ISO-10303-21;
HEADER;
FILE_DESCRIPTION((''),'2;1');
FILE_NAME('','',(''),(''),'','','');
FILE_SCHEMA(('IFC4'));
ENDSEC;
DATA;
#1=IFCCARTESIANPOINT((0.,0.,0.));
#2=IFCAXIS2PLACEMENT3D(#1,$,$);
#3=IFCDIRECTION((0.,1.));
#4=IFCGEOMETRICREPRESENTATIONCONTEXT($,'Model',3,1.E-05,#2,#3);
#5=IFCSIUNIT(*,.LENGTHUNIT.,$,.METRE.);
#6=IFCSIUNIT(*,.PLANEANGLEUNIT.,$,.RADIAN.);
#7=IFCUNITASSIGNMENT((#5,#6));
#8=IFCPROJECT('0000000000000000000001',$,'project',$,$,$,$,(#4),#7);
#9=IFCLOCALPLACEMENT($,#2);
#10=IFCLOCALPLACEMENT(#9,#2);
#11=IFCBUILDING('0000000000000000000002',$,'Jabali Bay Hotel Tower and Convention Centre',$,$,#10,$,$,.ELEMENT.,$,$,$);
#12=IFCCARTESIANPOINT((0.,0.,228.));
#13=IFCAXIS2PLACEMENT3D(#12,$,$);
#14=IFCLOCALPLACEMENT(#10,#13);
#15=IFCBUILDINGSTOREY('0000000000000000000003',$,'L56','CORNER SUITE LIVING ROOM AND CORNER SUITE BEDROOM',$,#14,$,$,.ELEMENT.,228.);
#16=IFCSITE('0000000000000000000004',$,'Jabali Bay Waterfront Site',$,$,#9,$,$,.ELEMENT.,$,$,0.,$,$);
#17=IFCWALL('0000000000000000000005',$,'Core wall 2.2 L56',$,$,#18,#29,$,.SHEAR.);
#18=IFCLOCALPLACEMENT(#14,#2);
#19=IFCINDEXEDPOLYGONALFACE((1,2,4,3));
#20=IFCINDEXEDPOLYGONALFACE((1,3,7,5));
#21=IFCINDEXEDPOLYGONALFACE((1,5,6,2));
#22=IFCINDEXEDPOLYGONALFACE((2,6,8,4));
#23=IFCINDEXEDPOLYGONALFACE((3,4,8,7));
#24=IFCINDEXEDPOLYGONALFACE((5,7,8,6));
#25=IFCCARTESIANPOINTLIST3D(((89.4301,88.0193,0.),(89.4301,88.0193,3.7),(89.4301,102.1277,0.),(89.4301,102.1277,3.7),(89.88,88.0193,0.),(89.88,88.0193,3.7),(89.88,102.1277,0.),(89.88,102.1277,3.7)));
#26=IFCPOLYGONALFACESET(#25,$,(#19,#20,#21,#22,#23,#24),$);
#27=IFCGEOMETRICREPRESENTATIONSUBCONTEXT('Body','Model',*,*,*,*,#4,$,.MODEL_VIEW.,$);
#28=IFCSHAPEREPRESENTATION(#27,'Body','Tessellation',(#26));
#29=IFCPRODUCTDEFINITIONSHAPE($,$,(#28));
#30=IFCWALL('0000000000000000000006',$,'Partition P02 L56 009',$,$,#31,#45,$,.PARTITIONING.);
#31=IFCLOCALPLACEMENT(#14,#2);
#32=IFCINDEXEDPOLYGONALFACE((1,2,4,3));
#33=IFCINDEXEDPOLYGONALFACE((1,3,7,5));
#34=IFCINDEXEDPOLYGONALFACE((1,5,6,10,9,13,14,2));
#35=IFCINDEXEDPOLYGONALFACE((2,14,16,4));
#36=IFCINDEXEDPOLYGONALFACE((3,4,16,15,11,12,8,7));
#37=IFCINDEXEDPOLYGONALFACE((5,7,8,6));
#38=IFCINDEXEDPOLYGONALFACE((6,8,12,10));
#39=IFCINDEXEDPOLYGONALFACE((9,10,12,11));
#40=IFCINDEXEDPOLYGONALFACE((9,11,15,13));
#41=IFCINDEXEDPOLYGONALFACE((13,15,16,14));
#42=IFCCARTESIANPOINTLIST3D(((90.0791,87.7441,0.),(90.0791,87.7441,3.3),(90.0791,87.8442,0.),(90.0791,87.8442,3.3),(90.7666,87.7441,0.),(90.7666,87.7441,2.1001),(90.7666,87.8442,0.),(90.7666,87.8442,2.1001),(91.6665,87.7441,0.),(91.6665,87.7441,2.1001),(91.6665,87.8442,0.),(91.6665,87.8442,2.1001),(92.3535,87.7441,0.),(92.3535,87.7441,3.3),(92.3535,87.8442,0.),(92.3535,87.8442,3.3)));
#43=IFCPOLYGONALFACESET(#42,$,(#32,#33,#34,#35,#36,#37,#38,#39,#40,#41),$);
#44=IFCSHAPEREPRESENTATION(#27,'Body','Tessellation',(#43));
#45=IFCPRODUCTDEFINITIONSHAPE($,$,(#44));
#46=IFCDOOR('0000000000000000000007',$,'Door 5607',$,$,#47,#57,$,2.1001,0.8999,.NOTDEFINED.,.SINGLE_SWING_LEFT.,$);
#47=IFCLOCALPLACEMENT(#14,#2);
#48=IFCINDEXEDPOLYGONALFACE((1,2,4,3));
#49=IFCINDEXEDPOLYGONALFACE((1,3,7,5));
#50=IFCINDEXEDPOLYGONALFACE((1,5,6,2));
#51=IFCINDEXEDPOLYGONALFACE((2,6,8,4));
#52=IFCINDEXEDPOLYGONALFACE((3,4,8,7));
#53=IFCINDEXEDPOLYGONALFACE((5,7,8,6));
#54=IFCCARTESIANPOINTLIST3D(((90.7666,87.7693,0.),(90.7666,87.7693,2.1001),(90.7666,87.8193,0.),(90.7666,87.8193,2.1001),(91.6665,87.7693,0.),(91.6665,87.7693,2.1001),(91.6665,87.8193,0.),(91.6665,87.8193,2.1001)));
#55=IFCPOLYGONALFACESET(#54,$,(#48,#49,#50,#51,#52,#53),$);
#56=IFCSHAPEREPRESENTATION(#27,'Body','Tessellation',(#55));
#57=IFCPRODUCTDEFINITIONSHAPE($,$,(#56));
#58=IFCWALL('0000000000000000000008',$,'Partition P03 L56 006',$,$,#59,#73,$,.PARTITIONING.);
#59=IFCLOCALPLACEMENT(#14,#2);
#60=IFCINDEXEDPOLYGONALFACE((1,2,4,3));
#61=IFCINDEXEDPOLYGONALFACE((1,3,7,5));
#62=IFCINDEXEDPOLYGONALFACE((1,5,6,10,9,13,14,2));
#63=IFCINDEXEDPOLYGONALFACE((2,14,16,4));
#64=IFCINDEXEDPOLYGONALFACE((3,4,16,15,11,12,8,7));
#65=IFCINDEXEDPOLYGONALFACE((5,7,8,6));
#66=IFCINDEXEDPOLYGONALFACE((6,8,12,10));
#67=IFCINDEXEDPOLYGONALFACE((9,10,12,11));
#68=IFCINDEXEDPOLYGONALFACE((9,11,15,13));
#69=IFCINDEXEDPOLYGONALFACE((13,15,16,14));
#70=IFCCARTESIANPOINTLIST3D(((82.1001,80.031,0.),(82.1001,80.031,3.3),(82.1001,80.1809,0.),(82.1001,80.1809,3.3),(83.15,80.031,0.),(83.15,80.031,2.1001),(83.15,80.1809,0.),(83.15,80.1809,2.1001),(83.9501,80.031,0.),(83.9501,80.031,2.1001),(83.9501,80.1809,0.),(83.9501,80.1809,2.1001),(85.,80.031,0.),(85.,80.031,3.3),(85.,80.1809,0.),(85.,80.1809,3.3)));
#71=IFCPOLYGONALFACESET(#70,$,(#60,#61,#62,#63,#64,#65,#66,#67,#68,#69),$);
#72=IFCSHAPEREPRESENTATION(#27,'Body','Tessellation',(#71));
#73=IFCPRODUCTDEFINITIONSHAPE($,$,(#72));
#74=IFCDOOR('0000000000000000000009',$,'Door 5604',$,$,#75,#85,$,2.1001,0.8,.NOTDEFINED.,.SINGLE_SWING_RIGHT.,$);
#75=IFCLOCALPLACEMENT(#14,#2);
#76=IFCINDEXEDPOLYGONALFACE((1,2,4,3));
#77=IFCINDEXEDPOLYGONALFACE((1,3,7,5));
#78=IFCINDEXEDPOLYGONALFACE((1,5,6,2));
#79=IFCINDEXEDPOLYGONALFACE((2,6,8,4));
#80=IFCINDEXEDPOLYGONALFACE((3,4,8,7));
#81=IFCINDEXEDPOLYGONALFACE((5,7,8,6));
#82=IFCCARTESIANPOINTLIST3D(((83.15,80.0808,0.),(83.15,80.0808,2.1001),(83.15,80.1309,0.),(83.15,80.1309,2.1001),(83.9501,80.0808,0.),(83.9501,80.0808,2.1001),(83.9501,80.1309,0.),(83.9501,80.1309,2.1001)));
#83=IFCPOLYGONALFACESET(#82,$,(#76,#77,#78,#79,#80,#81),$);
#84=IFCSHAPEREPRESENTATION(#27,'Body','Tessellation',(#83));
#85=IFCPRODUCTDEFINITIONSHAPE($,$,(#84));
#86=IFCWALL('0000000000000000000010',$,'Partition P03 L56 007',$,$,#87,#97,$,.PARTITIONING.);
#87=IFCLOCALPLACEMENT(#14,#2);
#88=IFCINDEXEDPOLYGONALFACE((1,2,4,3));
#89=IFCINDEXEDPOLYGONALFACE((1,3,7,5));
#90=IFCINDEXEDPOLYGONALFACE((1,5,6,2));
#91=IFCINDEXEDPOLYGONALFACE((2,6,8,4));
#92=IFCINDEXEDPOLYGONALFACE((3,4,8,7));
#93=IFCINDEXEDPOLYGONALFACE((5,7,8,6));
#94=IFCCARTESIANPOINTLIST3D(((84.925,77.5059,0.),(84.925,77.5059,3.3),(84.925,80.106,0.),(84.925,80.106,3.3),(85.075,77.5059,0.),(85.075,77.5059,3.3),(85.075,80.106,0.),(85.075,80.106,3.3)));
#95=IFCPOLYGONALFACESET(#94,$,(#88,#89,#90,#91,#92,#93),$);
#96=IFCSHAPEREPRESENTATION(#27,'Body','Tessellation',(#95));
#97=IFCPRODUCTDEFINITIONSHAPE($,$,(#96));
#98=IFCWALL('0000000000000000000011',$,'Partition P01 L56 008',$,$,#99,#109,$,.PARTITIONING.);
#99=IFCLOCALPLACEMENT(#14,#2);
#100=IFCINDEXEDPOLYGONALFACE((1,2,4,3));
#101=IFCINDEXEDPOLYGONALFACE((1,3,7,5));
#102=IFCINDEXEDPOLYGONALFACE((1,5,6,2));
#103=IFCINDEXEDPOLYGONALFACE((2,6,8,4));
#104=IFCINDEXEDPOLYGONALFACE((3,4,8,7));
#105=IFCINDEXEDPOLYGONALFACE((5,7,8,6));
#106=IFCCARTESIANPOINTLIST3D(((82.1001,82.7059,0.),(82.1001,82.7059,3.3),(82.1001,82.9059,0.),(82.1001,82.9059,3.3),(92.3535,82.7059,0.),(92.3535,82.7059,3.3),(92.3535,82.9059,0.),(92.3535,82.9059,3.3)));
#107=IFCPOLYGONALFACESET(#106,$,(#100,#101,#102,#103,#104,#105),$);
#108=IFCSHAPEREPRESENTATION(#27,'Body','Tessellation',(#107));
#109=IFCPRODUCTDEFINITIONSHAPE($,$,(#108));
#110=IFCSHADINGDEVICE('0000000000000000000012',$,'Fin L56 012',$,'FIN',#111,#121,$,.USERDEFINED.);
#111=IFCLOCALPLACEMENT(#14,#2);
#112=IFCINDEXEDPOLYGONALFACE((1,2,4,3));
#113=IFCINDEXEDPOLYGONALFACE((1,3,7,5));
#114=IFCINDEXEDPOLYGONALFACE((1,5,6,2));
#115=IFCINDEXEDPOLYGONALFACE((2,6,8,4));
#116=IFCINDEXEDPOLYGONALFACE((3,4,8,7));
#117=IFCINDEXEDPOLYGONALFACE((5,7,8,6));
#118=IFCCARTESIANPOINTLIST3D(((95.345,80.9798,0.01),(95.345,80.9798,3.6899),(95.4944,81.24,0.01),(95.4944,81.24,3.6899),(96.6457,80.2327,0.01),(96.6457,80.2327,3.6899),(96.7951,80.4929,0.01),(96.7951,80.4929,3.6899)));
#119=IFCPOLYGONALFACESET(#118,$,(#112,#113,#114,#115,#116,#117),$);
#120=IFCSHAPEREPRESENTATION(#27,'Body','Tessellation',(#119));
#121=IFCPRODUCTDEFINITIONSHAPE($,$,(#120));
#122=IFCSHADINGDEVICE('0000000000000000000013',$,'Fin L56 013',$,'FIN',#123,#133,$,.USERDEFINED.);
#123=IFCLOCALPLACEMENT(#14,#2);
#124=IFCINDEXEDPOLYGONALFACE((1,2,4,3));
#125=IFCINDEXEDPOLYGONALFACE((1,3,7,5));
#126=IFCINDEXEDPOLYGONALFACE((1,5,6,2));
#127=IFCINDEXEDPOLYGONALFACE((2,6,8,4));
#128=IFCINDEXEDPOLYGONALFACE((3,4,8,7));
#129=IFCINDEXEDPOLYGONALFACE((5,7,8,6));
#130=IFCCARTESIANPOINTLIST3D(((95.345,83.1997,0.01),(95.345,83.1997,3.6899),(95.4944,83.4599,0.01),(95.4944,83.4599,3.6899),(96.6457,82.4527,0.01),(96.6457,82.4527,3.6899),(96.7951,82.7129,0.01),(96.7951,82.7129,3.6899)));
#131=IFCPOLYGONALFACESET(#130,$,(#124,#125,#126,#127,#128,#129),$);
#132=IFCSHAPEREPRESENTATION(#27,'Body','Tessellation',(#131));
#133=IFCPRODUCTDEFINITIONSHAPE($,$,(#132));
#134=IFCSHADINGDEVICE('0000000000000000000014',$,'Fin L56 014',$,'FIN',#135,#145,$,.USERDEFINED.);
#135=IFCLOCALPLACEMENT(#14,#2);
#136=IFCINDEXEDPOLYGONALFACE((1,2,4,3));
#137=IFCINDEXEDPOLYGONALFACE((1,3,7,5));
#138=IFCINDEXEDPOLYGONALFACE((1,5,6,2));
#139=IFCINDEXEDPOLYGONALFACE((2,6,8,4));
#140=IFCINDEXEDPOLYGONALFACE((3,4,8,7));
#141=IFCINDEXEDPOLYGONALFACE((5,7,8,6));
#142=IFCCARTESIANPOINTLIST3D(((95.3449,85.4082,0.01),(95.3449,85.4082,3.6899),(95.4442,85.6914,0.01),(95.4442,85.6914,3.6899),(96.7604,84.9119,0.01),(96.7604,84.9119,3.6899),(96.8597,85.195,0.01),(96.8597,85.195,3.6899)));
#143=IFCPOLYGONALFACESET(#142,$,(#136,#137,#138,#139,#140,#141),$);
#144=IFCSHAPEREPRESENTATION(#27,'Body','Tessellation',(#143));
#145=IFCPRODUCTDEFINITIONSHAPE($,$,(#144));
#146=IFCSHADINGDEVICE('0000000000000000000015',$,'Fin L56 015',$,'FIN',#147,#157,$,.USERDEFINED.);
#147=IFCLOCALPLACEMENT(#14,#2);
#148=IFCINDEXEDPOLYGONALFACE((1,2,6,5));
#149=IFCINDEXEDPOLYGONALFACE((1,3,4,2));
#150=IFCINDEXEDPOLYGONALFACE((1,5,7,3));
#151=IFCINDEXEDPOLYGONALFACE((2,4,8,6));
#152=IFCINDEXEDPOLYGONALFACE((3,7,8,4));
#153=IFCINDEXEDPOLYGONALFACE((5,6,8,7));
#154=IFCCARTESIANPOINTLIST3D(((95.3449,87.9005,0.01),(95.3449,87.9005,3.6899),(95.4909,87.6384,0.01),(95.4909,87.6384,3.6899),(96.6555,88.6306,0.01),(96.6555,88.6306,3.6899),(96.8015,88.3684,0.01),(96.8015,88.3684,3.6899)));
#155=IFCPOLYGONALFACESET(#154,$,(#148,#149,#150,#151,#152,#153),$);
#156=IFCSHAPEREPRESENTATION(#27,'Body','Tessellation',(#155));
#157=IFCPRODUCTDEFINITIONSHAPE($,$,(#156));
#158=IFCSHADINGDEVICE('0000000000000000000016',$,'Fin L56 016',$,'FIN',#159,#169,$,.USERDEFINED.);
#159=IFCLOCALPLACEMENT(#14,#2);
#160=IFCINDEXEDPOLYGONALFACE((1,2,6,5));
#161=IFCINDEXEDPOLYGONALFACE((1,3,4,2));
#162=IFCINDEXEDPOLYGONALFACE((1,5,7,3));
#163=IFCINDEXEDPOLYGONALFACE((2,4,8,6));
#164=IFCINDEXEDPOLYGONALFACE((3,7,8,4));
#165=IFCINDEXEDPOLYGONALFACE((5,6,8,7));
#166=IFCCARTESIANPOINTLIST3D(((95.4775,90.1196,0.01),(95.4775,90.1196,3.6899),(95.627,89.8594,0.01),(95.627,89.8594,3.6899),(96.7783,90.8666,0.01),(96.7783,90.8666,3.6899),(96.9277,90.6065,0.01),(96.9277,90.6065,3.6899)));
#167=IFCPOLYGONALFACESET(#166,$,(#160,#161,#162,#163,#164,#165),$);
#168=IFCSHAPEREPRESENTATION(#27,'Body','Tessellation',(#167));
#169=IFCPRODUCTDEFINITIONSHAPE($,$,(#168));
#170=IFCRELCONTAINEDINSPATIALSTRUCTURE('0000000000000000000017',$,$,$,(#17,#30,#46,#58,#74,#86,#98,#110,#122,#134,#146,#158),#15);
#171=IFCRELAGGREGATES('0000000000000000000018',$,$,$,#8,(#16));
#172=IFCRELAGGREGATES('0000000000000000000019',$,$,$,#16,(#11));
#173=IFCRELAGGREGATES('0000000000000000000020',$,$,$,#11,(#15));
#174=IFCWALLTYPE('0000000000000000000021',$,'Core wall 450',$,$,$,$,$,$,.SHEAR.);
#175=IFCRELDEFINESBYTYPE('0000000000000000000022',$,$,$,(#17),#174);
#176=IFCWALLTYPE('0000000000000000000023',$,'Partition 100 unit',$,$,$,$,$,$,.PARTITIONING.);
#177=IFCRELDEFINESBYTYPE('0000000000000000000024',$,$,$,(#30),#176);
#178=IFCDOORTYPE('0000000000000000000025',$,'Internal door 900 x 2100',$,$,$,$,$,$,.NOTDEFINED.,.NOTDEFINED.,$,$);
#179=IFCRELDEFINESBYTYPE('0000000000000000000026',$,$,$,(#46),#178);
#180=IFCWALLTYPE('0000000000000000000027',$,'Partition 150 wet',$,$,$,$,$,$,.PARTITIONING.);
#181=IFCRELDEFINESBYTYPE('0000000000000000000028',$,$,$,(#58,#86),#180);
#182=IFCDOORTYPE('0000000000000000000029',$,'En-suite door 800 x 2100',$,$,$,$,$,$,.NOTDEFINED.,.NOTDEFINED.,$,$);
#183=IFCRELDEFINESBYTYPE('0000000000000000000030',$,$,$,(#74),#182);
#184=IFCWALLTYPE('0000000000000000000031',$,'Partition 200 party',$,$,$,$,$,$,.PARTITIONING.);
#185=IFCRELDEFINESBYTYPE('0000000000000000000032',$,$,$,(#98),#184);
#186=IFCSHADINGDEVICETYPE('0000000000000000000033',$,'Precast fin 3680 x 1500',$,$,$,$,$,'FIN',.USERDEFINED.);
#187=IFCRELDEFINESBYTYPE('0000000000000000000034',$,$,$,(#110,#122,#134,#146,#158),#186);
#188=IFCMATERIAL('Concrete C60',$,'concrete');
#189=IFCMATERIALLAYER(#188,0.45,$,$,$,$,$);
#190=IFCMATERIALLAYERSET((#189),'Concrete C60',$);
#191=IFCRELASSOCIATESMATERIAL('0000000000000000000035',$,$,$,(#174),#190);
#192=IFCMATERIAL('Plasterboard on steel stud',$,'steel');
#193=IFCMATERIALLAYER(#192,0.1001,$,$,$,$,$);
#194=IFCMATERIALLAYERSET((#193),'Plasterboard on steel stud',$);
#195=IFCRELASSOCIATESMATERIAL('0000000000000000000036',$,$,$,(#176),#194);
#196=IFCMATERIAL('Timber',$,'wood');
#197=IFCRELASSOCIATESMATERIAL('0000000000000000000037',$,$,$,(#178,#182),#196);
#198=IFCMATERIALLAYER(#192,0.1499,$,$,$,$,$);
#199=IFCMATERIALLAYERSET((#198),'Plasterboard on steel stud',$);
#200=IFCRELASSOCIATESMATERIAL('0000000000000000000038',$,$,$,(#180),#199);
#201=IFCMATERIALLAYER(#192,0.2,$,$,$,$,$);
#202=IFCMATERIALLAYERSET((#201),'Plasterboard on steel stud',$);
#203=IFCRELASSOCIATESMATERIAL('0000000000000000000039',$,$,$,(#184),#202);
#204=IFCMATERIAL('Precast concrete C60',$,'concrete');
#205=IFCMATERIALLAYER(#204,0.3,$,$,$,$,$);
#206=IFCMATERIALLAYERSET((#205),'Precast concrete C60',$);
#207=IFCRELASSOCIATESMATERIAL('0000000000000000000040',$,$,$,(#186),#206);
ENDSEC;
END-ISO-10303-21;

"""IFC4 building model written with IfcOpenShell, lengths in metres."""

from ifc_helpers import new_model, si_unit, direction, frame, frame_2d, origin, place, context, subcontext, project, spatial, rectangle, extrude, material, layer, layer_set, type_object, element, fill, save


model = new_model("IFC4")

# Units and contexts
model_context = context("Model", 3, precision=1e-05, world=origin(), true_north=direction((0.0, 1.0)))
body_context = subcontext(model_context, "Body", "Model", "MODEL_VIEW")
ifc_project = project(units=[si_unit("LENGTHUNIT", "METRE"), si_unit("PLANEANGLEUNIT", "RADIAN")], contexts=[model_context])

# Site, building, storey
site_placement = place(None, origin())
site = spatial("IfcSite", under=ifc_project, at=site_placement, Name="Jabali Bay Waterfront Site", CompositionType="ELEMENT", RefElevation=0.0)
building_placement = place(site_placement, origin())
building = spatial("IfcBuilding", under=site, at=building_placement, Name="Jabali Bay Hotel Tower and Convention Centre", CompositionType="ELEMENT")
storey_placement = place(building_placement, frame((0.0, 0.0, 228.0)))
storey = spatial("IfcBuildingStorey", under=building, at=storey_placement, Name="L56", Description="CORNER SUITE LIVING ROOM AND CORNER SUITE BEDROOM", CompositionType="ELEMENT", Elevation=228.0)

# Shared definitions
ifc_material_1 = material(Name="Concrete C60", Category="concrete")

# Wall
ifc_layer_1 = layer(ifc_material_1, 0.45)
ifc_layer_set_1 = layer_set([ifc_layer_1], Name="Concrete C60")
wall_type_1 = type_object("IfcWallType", Name="Core wall 450", PredefinedType="SHEAR", material=ifc_layer_set_1)
wall_1_placement = place(storey_placement, frame((89.655, 88.0193, 0.0), z_axis=(0.0, 0.0, 1.0), x_axis=(0.0, 1.0, 0.0)))
element("IfcWall", 1, at=wall_1_placement, inside=storey, type_object=wall_type_1, Name="Core wall 2.2 L56", PredefinedType="SHEAR", context=body_context, shape_type="SweptSolid", body=[
    extrude(rectangle(XDim=14.1084, YDim=0.45, at=frame_2d((7.0542, 0.0))), origin(), (0.0, 0.0, 1.0), 3.7),
])

# Walls, openings, doors
ifc_material_2 = material(Name="Plasterboard on steel stud", Category="steel")
ifc_layer_2 = layer(ifc_material_2, 0.1001)
ifc_layer_set_2 = layer_set([ifc_layer_2], Name="Plasterboard on steel stud")
wall_type_2 = type_object("IfcWallType", Name="Partition 100 unit", PredefinedType="PARTITIONING", material=ifc_layer_set_2)
wall_2_placement = place(storey_placement, frame((92.3535, 87.7942, 0.0), z_axis=(0.0, 0.0, 1.0), x_axis=(-1.0, 0.0, 0.0)))
wall_2 = element("IfcWall", 2, at=wall_2_placement, inside=storey, type_object=wall_type_2, Name="Partition P02 L56 009", PredefinedType="PARTITIONING", context=body_context, shape_type="SweptSolid", body=[
    extrude(rectangle(XDim=2.2744, YDim=0.1001, at=frame_2d((1.1372, 0.0))), origin(), (0.0, 0.0, 1.0), 3.3),
])
opening_1_placement = place(wall_2_placement, frame((0.687, 0.0, 0.0)))
opening_1 = element("IfcOpeningElement", 3, at=opening_1_placement, cuts=wall_2, PredefinedType="OPENING", context=body_context, shape_type="SweptSolid", body=[
    extrude(rectangle(XDim=0.8999, YDim=2.1001, at=frame_2d((0.45, 1.05))), frame((0.0, 0.0605, 0.0), z_axis=(0.0, -1.0, 0.0), x_axis=(1.0, 0.0, 0.0)), (0.0, 0.0, 1.0), 0.1211),
])
ifc_material_3 = material(Name="Timber", Category="wood")
door_type_1 = type_object("IfcDoorType", Name="Internal door 900 x 2100", OperationType="NOTDEFINED", PredefinedType="NOTDEFINED", material=ifc_material_3)
door_1_placement = place(opening_1_placement, origin())
door_1 = element("IfcDoor", 4, at=door_1_placement, inside=storey, type_object=door_type_1, Name="Door 5607", OperationType="SINGLE_SWING_LEFT", OverallHeight=2.1001, OverallWidth=0.8999, PredefinedType="NOTDEFINED", context=body_context, shape_type="SweptSolid", body=[
    extrude(rectangle(XDim=0.8999, YDim=2.1001, at=frame_2d((0.45, 1.05))), frame((0.0, 0.0249, 0.0), z_axis=(0.0, -1.0, 0.0), x_axis=(1.0, 0.0, 0.0)), (0.0, 0.0, 1.0), 0.05),
])
fill(opening_1, door_1)
ifc_layer_3 = layer(ifc_material_2, 0.1499)
ifc_layer_set_3 = layer_set([ifc_layer_3], Name="Plasterboard on steel stud")
wall_type_3 = type_object("IfcWallType", Name="Partition 150 wet", PredefinedType="PARTITIONING", material=ifc_layer_set_3)
wall_3_placement = place(storey_placement, frame((82.1001, 80.106, 0.0), z_axis=(0.0, 0.0, 1.0), x_axis=(1.0, 0.0, 0.0)))
wall_3 = element("IfcWall", 5, at=wall_3_placement, inside=storey, type_object=wall_type_3, Name="Partition P03 L56 006", PredefinedType="PARTITIONING", context=body_context, shape_type="SweptSolid", body=[
    extrude(rectangle(XDim=2.8999, YDim=0.1499, at=frame_2d((1.45, 0.0))), origin(), (0.0, 0.0, 1.0), 3.3),
])
opening_2_placement = place(wall_3_placement, frame((1.05, 0.0, 0.0)))
opening_2 = element("IfcOpeningElement", 6, at=opening_2_placement, cuts=wall_3, PredefinedType="OPENING", context=body_context, shape_type="SweptSolid", body=[
    extrude(rectangle(XDim=0.8, YDim=2.1001, at=frame_2d((0.3999, 1.05))), frame((0.0, 0.0854, 0.0), z_axis=(0.0, -1.0, 0.0), x_axis=(1.0, 0.0, 0.0)), (0.0, 0.0, 1.0), 0.1709),
])
door_type_2 = type_object("IfcDoorType", Name="En-suite door 800 x 2100", OperationType="NOTDEFINED", PredefinedType="NOTDEFINED", material=ifc_material_3)
door_2_placement = place(opening_2_placement, origin())
door_2 = element("IfcDoor", 7, at=door_2_placement, inside=storey, type_object=door_type_2, Name="Door 5604", OperationType="SINGLE_SWING_RIGHT", OverallHeight=2.1001, OverallWidth=0.8, PredefinedType="NOTDEFINED", context=body_context, shape_type="SweptSolid", body=[
    extrude(rectangle(XDim=0.8, YDim=2.1001, at=frame_2d((0.3999, 1.05))), frame((0.0, 0.0249, 0.0), z_axis=(0.0, -1.0, 0.0), x_axis=(1.0, 0.0, 0.0)), (0.0, 0.0, 1.0), 0.05),
])
fill(opening_2, door_2)

# Walls
wall_4_placement = place(storey_placement, frame((85.0, 80.106, 0.0), z_axis=(0.0, 0.0, 1.0), x_axis=(0.0, -1.0, 0.0)))
element("IfcWall", 8, at=wall_4_placement, inside=storey, type_object=wall_type_3, Name="Partition P03 L56 007", PredefinedType="PARTITIONING", context=body_context, shape_type="SweptSolid", body=[
    extrude(rectangle(XDim=2.6001, YDim=0.1499, at=frame_2d((1.3, 0.0))), origin(), (0.0, 0.0, 1.0), 3.3),
])
ifc_layer_4 = layer(ifc_material_2, 0.2)
ifc_layer_set_4 = layer_set([ifc_layer_4], Name="Plasterboard on steel stud")
wall_type_4 = type_object("IfcWallType", Name="Partition 200 party", PredefinedType="PARTITIONING", material=ifc_layer_set_4)
wall_5_placement = place(storey_placement, frame((92.3535, 82.8059, 0.0), z_axis=(0.0, 0.0, 1.0), x_axis=(-1.0, 0.0, 0.0)))
element("IfcWall", 9, at=wall_5_placement, inside=storey, type_object=wall_type_4, Name="Partition P01 L56 008", PredefinedType="PARTITIONING", context=body_context, shape_type="SweptSolid", body=[
    extrude(rectangle(XDim=10.2534, YDim=0.2, at=frame_2d((5.1267, 0.0))), origin(), (0.0, 0.0, 1.0), 3.3),
])

# Shading devices
ifc_material_4 = material(Name="Precast concrete C60", Category="concrete")
ifc_layer_5 = layer(ifc_material_4, 0.3)
ifc_layer_set_5 = layer_set([ifc_layer_5], Name="Precast concrete C60")
shading_device_type = type_object("IfcShadingDeviceType", Name="Precast fin 3680 x 1500", ElementType="FIN", PredefinedType="USERDEFINED", material=ifc_layer_set_5)
for number, where, z_axis, x_axis, name in (
    (10, (95.4197, 81.1099, 0.01), (0.0, 0.0, 1.0), (0.867159, -0.498031, 0.0), "Fin L56 012"),
    (11, (95.4197, 83.3298, 0.01), (0.0, 0.0, 1.0), (0.867159, -0.498031, 0.0), "Fin L56 013"),
    (12, (95.3945, 85.5498, 0.01), (0.0, 0.0, 1.0), (0.94367, -0.330887, 0.0), "Fin L56 014"),
):
    element("IfcShadingDevice", number, at=place(storey_placement, frame(where, z_axis=z_axis, x_axis=x_axis)), inside=storey, type_object=shading_device_type, Name=name, ObjectType="FIN", PredefinedType="USERDEFINED", context=body_context, shape_type="SweptSolid", body=[
        extrude(rectangle(XDim=1.5, YDim=0.3, at=frame_2d((0.75, 0.0))), origin(), (0.0, 0.0, 1.0), 3.6799),
    ])
shading_device_1_placement = place(storey_placement, frame((95.418, 87.7695, 0.01), z_axis=(0.0, 0.0, 1.0), x_axis=(0.873619, 0.48661, 0.0)))
element("IfcShadingDevice", 13, at=shading_device_1_placement, inside=storey, type_object=shading_device_type, Name="Fin L56 015", ObjectType="FIN", PredefinedType="USERDEFINED", context=body_context, shape_type="SweptSolid", body=[
    extrude(rectangle(XDim=1.5002, YDim=0.3, at=frame_2d((0.75, 0.0))), origin(), (0.0, 0.0, 1.0), 3.6799),
])
shading_device_2_placement = place(storey_placement, frame((95.5522, 89.9895, 0.01), z_axis=(0.0, 0.0, 1.0), x_axis=(0.867159, 0.498031, 0.0)))
element("IfcShadingDevice", 14, at=shading_device_2_placement, inside=storey, type_object=shading_device_type, Name="Fin L56 016", ObjectType="FIN", PredefinedType="USERDEFINED", context=body_context, shape_type="SweptSolid", body=[
    extrude(rectangle(XDim=1.5, YDim=0.3, at=frame_2d((0.75, 0.0))), origin(), (0.0, 0.0, 1.0), 3.6799),
])

save(model, "model.ifc")
